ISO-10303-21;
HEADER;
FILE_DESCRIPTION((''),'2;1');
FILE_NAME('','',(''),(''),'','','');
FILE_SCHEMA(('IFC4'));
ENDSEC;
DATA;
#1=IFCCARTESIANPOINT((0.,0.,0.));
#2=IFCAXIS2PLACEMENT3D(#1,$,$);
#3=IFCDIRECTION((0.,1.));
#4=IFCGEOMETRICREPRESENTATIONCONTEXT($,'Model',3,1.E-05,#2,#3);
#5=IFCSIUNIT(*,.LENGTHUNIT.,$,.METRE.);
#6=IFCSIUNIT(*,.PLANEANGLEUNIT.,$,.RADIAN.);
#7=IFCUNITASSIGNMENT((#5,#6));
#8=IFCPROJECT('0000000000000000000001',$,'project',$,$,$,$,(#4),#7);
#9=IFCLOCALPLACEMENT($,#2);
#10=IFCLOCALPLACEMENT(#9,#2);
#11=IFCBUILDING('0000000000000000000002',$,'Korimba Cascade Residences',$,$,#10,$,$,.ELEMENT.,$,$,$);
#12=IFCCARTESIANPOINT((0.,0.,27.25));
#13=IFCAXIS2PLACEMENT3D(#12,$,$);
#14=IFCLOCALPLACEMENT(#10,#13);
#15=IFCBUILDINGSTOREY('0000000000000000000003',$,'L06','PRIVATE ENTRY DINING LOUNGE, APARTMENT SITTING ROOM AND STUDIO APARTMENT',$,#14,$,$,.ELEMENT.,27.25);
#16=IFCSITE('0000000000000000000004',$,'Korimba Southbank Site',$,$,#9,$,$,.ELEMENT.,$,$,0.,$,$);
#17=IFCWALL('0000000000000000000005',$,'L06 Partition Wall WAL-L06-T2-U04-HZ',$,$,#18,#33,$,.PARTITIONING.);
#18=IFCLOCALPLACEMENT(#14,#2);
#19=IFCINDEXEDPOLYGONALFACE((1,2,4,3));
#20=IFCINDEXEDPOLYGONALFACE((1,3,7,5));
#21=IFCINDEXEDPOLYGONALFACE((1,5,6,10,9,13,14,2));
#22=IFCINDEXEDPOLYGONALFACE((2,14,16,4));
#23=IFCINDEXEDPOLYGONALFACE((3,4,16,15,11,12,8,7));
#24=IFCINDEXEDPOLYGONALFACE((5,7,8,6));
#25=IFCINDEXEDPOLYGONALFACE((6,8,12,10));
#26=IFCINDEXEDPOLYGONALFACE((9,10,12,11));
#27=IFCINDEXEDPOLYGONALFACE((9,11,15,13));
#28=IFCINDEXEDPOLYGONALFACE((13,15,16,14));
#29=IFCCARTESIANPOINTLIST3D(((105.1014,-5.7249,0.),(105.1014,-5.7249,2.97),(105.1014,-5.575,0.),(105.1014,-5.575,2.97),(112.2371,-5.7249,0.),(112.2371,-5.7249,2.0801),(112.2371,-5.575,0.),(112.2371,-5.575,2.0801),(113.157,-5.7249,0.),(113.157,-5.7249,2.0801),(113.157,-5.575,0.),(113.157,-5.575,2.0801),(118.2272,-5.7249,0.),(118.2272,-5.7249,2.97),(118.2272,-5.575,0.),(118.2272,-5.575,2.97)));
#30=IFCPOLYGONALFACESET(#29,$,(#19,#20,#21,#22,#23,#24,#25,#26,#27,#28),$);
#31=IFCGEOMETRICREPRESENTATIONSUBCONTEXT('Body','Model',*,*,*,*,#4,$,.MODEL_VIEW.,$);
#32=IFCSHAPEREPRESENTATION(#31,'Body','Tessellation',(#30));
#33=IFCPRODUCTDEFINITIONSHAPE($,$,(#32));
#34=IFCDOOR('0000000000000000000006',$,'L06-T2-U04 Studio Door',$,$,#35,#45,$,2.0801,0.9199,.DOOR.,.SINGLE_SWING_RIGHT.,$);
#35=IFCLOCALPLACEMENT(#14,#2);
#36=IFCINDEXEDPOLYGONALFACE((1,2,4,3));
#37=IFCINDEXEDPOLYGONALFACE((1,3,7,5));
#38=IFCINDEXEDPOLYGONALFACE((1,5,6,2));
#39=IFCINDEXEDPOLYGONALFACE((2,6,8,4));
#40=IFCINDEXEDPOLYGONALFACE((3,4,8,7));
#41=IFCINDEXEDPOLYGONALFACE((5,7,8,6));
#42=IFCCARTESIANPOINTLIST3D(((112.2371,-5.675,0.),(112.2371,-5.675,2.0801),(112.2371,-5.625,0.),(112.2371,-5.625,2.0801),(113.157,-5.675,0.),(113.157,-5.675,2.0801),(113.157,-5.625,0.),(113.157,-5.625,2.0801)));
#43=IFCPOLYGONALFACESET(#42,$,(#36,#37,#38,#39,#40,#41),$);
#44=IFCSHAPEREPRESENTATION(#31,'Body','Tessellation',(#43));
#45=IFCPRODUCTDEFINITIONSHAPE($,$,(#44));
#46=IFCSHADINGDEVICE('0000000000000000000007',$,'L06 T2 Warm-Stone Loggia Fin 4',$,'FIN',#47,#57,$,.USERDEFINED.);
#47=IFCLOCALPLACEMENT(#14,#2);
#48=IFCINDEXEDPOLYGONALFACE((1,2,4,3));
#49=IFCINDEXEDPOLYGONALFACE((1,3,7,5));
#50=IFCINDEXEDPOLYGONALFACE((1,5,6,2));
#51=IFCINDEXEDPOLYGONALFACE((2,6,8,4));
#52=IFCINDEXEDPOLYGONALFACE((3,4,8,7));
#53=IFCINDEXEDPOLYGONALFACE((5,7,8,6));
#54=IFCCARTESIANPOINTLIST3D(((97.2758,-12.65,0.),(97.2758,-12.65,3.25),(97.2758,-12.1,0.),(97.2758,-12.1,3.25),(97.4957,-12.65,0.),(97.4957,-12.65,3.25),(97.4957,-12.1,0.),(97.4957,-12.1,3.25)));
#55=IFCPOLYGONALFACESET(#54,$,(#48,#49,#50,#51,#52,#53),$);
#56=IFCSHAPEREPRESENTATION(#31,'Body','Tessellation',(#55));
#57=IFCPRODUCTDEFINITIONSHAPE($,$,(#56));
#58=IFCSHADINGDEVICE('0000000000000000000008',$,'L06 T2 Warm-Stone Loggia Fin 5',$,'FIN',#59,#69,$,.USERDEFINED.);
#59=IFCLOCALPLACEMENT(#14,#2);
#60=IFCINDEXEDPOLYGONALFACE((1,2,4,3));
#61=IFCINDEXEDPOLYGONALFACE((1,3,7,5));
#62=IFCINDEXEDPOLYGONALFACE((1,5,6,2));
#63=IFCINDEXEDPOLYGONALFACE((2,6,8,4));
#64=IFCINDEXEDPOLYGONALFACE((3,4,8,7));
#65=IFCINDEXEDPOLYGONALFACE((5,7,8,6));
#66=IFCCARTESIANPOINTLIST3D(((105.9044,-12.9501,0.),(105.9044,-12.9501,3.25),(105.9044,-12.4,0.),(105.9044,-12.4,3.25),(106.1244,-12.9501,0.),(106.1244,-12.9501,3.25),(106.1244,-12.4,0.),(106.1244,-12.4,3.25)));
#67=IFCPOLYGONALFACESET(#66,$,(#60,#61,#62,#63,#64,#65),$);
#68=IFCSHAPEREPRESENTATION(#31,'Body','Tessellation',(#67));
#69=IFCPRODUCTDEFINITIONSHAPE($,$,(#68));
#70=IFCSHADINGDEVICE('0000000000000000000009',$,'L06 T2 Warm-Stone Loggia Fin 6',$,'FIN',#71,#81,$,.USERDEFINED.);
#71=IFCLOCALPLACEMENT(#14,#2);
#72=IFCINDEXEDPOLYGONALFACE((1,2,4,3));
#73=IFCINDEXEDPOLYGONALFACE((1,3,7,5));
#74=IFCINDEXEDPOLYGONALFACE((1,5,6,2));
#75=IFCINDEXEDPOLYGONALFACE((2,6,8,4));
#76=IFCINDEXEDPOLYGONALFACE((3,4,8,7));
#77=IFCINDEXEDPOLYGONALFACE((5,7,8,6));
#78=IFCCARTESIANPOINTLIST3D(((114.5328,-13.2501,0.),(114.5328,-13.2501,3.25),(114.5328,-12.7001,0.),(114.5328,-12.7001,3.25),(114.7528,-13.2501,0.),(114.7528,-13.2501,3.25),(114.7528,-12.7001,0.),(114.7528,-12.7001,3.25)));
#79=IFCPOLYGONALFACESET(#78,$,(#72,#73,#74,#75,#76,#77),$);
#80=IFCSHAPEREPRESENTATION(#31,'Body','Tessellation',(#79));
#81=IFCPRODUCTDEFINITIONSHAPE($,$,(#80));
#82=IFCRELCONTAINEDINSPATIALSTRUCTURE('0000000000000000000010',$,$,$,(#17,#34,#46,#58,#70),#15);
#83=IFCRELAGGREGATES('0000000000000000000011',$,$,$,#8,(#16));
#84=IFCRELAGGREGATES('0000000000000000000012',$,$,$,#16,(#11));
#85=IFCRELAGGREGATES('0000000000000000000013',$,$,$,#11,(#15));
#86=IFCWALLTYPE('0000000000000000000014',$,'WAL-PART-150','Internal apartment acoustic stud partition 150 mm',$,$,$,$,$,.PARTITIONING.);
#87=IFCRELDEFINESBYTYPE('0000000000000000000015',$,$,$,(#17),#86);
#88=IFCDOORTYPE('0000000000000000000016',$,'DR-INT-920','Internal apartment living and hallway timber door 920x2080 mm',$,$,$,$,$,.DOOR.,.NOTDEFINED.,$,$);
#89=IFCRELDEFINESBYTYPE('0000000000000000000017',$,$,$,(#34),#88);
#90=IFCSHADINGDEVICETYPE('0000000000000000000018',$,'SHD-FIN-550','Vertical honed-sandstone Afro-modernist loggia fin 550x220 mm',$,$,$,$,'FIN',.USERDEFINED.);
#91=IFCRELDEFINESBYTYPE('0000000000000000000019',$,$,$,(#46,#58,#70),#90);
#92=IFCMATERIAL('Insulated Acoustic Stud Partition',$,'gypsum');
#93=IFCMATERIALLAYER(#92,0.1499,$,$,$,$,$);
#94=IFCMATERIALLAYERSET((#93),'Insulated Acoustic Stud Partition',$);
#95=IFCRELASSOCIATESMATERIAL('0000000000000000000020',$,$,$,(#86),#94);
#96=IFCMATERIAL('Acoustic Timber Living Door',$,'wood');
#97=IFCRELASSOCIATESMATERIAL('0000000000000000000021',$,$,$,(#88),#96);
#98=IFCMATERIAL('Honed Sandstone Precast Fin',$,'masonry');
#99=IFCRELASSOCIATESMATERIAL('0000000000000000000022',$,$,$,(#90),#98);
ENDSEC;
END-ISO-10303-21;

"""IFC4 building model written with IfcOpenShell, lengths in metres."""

from ifc_helpers import new_model, si_unit, direction, frame, frame_2d, origin, origin_2d, place, context, subcontext, project, spatial, rectangle, extrude, material, layer, layer_set, type_object, element, fill, save


model = new_model("IFC4")

# Units and contexts
model_context = context("Model", 3, precision=1e-05, world=origin(), true_north=direction((0.0, 1.0)))
body_context = subcontext(model_context, "Body", "Model", "MODEL_VIEW")
ifc_project = project(units=[si_unit("LENGTHUNIT", "METRE"), si_unit("PLANEANGLEUNIT", "RADIAN")], contexts=[model_context])

# Site, building, storey
site_placement = place(None, origin())
site = spatial("IfcSite", under=ifc_project, at=site_placement, Name="Korimba Southbank Site", CompositionType="ELEMENT", RefElevation=0.0)
building_placement = place(site_placement, origin())
building = spatial("IfcBuilding", under=site, at=building_placement, Name="Korimba Cascade Residences", CompositionType="ELEMENT")
storey_placement = place(building_placement, frame((0.0, 0.0, 27.25)))
storey = spatial("IfcBuildingStorey", under=building, at=storey_placement, Name="L06", Description="PRIVATE ENTRY DINING LOUNGE, APARTMENT SITTING ROOM AND STUDIO APARTMENT", CompositionType="ELEMENT", Elevation=27.25)

# Wall, opening, door
ifc_material_1 = material(Name="Insulated Acoustic Stud Partition", Category="gypsum")
ifc_layer_1 = layer(ifc_material_1, 0.1499)
ifc_layer_set_1 = layer_set([ifc_layer_1], Name="Insulated Acoustic Stud Partition")
wall_type_1 = type_object("IfcWallType", Name="WAL-PART-150", Description="Internal apartment acoustic stud partition 150 mm", PredefinedType="PARTITIONING", material=ifc_layer_set_1)
wall_1_placement = place(storey_placement, frame((105.1013, -5.6499, 0.0), z_axis=(0.0, 0.0, 1.0), x_axis=(1.0, 0.0, 0.0)))
wall_1 = element("IfcWall", 1, at=wall_1_placement, inside=storey, type_object=wall_type_1, Name="L06 Partition Wall WAL-L06-T2-U04-HZ", PredefinedType="PARTITIONING", context=body_context, shape_type="SweptSolid", body=[
    extrude(rectangle(XDim=13.1257, YDim=0.1499, at=frame_2d((6.563, 0.0))), origin(), (0.0, 0.0, 1.0), 2.97),
])
opening_1_placement = place(wall_1_placement, frame((7.1357, 0.0, 0.0)))
opening_1 = element("IfcOpeningElement", 2, at=opening_1_placement, cuts=wall_1, PredefinedType="OPENING", context=body_context, shape_type="SweptSolid", body=[
    extrude(rectangle(XDim=0.9199, YDim=2.0801, at=frame_2d((0.46, 1.04))), frame((0.0, 0.085, 0.0), z_axis=(0.0, -1.0, 0.0), x_axis=(1.0, 0.0, 0.0)), (0.0, 0.0, 1.0), 0.1699),
])
ifc_material_2 = material(Name="Acoustic Timber Living Door", Category="wood")
door_type_1 = type_object("IfcDoorType", Name="DR-INT-920", Description="Internal apartment living and hallway timber door 920x2080 mm", OperationType="NOTDEFINED", PredefinedType="DOOR", material=ifc_material_2)
door_1_placement = place(opening_1_placement, origin())
door_1 = element("IfcDoor", 3, at=door_1_placement, inside=storey, type_object=door_type_1, Name="L06-T2-U04 Studio Door", OperationType="SINGLE_SWING_RIGHT", OverallHeight=2.0801, OverallWidth=0.9199, PredefinedType="DOOR", context=body_context, shape_type="SweptSolid", body=[
    extrude(rectangle(XDim=0.9199, YDim=2.0801, at=frame_2d((0.46, 1.04))), frame((0.0, 0.0249, 0.0), z_axis=(0.0, -1.0, 0.0), x_axis=(1.0, 0.0, 0.0)), (0.0, 0.0, 1.0), 0.05),
])
fill(opening_1, door_1)

# Shading devices
ifc_material_3 = material(Name="Honed Sandstone Precast Fin", Category="masonry")
shading_device_type = type_object("IfcShadingDeviceType", Name="SHD-FIN-550", Description="Vertical honed-sandstone Afro-modernist loggia fin 550x220 mm", ElementType="FIN", PredefinedType="USERDEFINED", material=ifc_material_3)
for number, where, z_axis, x_axis, name in (
    (4, (97.3857, -12.375, 0.0), (0.0, 0.0, 1.0), (1.0, 0.0, 0.0), "L06 T2 Warm-Stone Loggia Fin 4"),
    (5, (106.0144, -12.675, 0.0), (0.0, 0.0, 1.0), (1.0, 0.0, 0.0), "L06 T2 Warm-Stone Loggia Fin 5"),
    (6, (114.6428, -12.9751, 0.0), (0.0, 0.0, 1.0), (1.0, 0.0, 0.0), "L06 T2 Warm-Stone Loggia Fin 6"),
):
    element("IfcShadingDevice", number, at=place(storey_placement, frame(where, z_axis=z_axis, x_axis=x_axis)), inside=storey, type_object=shading_device_type, Name=name, ObjectType="FIN", PredefinedType="USERDEFINED", context=body_context, shape_type="SweptSolid", body=[
        extrude(rectangle(XDim=0.22, YDim=0.55, at=origin_2d()), origin(), (0.0, 0.0, 1.0), 3.25),
    ])

save(model, "model.ifc")
